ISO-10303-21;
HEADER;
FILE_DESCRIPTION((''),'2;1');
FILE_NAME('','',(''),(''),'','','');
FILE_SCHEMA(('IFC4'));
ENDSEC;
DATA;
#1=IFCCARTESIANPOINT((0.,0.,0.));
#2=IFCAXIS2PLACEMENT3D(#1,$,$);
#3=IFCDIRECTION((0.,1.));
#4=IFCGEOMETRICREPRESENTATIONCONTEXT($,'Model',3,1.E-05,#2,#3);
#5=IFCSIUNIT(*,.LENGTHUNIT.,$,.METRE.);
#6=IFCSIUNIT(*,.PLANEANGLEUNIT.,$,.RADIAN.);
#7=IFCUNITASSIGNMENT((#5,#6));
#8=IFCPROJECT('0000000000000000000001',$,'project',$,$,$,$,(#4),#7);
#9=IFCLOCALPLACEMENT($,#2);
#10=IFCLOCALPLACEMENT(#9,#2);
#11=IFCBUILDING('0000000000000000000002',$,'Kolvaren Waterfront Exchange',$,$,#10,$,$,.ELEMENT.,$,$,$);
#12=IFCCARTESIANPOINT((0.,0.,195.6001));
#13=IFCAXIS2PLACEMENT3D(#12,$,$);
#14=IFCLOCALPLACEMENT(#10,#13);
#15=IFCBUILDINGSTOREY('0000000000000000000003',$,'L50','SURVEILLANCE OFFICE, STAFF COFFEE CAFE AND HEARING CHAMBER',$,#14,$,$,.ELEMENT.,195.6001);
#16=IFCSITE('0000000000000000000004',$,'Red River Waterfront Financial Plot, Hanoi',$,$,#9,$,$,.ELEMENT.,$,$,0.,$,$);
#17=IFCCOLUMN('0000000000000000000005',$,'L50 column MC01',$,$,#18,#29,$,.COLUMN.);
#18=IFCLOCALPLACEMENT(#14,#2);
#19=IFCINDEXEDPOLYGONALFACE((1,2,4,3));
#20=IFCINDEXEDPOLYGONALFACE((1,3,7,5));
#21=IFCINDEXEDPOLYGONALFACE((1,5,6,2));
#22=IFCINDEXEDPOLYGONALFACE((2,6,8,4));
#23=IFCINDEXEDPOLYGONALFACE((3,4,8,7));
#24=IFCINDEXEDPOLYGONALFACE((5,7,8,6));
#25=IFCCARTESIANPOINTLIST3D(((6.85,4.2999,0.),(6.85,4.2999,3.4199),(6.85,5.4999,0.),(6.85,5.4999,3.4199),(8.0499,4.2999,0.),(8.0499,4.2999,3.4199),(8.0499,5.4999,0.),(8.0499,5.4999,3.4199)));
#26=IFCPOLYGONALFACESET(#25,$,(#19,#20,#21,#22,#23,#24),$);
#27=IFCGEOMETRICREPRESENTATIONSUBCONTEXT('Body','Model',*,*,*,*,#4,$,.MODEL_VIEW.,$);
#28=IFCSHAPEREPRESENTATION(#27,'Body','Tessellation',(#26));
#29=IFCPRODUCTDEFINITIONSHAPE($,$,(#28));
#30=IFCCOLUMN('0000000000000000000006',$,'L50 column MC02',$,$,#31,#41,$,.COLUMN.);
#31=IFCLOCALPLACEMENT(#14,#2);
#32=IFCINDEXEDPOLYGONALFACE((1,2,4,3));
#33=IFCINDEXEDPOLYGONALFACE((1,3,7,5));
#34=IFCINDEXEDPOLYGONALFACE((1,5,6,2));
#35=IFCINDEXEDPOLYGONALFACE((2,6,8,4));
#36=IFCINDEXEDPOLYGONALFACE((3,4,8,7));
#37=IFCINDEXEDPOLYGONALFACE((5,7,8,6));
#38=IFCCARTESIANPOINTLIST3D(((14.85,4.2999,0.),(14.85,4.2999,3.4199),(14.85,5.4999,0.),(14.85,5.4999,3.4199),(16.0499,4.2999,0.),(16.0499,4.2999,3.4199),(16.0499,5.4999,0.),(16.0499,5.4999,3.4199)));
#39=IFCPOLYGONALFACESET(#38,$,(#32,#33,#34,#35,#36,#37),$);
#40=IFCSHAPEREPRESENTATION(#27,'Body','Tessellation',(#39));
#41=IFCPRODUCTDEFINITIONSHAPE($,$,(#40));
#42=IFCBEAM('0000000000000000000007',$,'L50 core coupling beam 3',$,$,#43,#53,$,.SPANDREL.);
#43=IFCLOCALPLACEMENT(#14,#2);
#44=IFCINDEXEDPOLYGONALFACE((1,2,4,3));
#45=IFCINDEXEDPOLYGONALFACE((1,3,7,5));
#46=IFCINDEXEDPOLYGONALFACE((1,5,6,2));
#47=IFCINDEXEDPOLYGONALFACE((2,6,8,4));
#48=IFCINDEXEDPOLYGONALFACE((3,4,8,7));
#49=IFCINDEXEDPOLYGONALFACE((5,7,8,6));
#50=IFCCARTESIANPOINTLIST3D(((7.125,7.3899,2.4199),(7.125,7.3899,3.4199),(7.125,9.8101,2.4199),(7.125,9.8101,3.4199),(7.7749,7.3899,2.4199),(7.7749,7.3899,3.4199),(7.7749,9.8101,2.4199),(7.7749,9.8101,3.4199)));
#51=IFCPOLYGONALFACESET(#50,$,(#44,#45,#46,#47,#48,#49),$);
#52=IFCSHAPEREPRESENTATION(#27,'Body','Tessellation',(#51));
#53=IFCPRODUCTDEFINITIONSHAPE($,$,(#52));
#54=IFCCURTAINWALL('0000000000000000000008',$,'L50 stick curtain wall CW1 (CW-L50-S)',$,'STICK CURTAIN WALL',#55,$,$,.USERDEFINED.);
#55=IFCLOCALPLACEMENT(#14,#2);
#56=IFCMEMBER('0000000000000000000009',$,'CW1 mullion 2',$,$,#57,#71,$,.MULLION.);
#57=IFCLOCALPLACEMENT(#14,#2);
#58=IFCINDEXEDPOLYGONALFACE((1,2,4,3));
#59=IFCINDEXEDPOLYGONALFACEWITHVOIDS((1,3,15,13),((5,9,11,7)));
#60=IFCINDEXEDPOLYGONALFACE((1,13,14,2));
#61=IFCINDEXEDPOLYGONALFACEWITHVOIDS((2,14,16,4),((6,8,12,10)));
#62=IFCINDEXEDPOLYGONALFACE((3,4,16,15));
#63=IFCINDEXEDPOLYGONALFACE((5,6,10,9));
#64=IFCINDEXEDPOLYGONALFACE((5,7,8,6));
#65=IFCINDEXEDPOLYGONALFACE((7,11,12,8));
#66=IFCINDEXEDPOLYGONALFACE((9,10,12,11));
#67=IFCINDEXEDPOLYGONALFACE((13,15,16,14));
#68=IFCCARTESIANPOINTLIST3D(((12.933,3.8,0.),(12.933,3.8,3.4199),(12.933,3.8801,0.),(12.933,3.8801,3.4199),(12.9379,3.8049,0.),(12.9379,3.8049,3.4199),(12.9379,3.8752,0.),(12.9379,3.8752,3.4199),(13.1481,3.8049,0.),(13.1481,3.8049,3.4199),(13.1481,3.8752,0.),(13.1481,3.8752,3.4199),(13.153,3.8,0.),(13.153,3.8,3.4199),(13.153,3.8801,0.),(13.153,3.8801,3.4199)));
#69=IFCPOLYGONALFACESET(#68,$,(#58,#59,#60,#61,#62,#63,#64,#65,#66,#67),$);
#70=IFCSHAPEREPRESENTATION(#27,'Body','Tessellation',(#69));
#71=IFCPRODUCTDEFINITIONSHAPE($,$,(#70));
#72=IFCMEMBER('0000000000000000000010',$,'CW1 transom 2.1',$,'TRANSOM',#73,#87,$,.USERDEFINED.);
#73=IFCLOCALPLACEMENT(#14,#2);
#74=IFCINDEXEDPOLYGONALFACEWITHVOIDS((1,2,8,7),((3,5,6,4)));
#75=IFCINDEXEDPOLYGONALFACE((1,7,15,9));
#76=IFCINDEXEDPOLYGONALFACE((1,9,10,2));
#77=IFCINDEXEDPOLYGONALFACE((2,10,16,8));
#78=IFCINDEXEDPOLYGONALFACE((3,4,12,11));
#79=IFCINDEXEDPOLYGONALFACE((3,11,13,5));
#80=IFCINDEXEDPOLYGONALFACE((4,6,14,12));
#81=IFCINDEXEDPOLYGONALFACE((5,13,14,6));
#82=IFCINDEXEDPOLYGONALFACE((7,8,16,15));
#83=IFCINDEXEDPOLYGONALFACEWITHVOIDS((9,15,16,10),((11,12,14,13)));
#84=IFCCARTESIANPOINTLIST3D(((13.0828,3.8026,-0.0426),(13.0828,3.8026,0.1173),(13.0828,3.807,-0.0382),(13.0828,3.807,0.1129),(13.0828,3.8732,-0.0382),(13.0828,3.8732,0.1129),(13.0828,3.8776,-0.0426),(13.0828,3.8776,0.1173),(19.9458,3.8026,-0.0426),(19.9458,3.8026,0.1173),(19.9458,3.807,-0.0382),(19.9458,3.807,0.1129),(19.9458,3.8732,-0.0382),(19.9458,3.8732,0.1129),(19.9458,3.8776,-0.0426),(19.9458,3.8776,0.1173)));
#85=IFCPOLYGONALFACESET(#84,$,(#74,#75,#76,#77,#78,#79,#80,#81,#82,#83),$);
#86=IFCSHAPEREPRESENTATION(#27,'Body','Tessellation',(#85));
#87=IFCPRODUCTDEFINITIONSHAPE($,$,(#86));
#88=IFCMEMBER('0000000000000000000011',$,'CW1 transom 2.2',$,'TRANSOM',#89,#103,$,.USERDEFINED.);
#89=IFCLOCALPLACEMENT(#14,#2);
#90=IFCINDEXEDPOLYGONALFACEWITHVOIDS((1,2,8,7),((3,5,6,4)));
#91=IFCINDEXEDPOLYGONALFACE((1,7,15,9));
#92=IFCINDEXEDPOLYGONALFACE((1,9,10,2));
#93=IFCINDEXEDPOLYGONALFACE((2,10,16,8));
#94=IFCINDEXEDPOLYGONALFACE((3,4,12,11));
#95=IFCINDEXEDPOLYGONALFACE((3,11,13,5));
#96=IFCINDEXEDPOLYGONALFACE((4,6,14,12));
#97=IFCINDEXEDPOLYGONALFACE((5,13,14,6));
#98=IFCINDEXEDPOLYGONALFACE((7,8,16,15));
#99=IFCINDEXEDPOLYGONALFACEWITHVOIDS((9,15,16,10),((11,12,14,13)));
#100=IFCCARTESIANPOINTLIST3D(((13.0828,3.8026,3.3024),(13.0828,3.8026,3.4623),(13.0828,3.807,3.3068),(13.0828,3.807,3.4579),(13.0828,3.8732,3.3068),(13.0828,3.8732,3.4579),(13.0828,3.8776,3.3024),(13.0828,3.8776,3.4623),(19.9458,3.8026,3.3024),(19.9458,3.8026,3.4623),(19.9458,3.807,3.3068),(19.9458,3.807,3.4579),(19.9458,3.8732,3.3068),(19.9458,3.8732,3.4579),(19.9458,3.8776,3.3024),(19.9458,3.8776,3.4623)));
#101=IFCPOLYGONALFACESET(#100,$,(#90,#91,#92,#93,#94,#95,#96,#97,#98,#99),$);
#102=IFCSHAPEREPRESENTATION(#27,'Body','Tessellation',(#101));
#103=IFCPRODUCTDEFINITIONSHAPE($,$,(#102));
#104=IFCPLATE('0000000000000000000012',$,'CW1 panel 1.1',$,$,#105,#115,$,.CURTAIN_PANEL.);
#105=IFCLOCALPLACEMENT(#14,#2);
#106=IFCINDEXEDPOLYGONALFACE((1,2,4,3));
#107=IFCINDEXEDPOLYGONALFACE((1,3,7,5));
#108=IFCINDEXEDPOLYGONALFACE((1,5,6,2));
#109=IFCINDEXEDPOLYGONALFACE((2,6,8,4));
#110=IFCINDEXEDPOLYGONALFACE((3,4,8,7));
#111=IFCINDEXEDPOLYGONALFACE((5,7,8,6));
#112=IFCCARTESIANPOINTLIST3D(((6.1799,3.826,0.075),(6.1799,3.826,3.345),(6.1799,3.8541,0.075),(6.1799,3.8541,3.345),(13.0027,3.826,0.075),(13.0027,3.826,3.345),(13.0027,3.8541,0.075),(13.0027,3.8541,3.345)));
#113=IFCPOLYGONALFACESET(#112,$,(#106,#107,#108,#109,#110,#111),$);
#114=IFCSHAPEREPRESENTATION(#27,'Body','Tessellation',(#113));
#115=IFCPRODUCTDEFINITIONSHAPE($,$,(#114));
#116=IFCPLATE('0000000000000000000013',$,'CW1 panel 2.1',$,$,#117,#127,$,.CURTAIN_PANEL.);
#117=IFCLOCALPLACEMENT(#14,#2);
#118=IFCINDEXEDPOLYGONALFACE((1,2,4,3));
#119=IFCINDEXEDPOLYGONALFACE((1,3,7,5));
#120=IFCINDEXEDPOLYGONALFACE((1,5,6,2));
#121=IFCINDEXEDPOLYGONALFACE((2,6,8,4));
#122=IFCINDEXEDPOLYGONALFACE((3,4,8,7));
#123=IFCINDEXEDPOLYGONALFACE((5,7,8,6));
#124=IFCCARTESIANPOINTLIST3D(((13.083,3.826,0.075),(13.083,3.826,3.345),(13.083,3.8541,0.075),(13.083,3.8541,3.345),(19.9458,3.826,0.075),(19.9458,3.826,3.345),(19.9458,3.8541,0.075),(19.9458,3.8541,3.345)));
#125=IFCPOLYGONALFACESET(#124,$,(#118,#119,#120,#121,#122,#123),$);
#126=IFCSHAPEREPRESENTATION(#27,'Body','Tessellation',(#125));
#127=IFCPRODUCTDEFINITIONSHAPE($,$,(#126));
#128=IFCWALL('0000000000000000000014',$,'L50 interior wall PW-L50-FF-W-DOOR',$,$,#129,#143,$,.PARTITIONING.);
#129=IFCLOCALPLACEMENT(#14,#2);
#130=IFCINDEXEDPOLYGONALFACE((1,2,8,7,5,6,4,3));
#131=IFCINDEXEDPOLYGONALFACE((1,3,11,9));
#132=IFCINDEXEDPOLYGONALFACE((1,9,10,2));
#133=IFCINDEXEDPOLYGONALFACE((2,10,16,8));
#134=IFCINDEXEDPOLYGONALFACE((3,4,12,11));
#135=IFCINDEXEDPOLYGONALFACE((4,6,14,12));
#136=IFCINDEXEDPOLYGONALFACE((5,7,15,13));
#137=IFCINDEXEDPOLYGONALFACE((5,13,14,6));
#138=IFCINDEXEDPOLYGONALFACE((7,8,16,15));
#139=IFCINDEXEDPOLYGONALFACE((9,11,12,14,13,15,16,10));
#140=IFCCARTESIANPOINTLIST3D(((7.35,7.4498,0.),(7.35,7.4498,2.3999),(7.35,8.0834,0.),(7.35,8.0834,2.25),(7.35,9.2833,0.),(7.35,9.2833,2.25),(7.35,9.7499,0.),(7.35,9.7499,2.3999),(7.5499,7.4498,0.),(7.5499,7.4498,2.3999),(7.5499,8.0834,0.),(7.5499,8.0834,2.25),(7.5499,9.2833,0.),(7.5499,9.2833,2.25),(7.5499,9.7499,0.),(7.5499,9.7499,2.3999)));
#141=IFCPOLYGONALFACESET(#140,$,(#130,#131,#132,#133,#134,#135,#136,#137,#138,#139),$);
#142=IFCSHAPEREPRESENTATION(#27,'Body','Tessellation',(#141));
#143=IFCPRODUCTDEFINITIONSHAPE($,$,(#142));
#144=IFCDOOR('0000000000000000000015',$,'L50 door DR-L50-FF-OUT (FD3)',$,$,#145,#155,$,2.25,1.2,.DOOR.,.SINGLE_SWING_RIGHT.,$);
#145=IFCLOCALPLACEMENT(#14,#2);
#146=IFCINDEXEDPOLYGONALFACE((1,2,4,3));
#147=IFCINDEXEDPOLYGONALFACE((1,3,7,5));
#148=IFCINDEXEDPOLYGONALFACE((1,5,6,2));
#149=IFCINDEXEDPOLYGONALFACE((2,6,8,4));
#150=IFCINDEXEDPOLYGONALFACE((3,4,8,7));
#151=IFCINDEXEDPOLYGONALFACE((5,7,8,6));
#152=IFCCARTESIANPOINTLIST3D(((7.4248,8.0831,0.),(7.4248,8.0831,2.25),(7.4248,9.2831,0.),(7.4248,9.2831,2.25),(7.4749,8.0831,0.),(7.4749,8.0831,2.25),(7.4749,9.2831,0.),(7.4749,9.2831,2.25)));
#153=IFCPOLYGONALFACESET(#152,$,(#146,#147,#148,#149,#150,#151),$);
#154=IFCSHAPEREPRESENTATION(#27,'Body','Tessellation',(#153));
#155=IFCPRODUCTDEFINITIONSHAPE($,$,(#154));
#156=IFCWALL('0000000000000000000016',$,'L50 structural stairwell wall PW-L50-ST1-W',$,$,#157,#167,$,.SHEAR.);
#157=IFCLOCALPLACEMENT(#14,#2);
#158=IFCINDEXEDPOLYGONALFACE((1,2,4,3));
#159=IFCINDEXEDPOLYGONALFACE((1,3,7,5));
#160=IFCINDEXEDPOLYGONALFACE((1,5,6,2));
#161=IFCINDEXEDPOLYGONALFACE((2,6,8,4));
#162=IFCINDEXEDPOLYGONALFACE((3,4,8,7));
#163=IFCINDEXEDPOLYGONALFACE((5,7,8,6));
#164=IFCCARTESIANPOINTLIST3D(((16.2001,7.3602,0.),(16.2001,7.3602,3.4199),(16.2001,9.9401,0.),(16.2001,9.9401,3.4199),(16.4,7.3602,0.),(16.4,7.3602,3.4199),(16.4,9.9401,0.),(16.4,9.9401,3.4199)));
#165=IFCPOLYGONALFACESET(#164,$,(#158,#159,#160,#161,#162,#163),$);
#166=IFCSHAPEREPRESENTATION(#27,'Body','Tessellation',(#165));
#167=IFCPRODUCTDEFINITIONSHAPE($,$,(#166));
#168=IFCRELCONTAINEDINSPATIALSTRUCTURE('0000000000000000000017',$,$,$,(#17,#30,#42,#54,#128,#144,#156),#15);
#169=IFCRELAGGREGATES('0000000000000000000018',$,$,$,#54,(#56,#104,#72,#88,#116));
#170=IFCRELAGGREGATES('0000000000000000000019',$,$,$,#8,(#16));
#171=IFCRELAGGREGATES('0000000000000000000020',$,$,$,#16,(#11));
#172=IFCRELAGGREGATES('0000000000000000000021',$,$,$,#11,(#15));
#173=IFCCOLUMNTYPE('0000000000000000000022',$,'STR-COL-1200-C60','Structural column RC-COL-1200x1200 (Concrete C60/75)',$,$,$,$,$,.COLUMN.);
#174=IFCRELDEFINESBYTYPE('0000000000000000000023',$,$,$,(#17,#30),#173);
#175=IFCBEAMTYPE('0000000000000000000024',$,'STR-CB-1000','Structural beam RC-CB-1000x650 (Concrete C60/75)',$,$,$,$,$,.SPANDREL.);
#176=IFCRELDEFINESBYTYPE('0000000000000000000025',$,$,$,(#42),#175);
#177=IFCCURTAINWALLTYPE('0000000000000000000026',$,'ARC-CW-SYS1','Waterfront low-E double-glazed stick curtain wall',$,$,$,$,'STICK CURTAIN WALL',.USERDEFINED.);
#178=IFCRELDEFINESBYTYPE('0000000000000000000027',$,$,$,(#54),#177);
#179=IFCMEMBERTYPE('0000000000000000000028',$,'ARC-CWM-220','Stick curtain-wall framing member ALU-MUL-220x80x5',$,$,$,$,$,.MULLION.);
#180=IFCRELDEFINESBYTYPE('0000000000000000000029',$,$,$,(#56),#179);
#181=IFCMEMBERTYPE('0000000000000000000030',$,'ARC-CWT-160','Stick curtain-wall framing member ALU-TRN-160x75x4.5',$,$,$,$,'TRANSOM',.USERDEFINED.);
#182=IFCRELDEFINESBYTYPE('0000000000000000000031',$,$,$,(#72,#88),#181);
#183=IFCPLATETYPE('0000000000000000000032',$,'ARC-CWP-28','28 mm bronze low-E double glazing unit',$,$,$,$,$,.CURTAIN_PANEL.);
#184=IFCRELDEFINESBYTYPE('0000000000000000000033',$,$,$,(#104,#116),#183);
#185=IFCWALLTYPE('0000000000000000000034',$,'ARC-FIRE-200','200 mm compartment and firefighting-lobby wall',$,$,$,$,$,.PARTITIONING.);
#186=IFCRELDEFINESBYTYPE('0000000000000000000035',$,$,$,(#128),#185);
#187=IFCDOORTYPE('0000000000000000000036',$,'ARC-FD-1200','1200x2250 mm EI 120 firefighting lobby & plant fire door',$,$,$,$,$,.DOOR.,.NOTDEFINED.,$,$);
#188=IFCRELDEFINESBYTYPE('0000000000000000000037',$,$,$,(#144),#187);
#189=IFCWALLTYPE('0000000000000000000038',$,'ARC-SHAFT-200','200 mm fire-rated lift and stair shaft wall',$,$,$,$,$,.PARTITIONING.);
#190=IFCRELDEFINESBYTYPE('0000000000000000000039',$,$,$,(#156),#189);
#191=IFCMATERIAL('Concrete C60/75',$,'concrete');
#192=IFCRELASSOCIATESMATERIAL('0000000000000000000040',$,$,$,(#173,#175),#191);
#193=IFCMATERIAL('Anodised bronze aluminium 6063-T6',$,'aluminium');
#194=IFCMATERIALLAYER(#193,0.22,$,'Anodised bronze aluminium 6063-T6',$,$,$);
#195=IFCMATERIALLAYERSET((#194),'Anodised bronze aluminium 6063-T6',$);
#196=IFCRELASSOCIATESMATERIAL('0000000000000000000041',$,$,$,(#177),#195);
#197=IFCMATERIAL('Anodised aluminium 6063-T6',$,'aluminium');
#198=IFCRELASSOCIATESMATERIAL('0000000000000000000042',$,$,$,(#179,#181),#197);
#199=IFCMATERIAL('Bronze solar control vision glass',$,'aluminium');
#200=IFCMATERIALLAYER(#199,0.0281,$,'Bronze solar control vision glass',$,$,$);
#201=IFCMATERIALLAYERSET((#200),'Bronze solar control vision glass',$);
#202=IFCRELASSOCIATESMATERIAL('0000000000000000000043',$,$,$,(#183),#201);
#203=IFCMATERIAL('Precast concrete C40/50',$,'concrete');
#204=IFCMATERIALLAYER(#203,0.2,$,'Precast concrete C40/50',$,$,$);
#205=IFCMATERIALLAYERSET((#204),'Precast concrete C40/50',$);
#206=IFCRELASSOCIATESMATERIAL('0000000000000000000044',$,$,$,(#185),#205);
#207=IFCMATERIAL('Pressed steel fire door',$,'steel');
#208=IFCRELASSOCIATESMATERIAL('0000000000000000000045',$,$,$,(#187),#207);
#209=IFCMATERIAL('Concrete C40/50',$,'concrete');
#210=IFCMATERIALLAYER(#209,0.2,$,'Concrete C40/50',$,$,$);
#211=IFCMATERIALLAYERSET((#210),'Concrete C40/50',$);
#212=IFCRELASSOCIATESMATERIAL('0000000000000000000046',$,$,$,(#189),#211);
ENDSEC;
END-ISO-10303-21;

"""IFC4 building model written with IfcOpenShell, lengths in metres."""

from ifc_helpers import new_model, si_unit, direction, frame, frame_2d, origin, origin_with_axes, origin_2d, place, context, subcontext, project, spatial, rectangle, hollow_rectangle, extrude, source, transform, mapped, material, layer, layer_set, material_profile, profile_set, type_object, element, fill, aggregate, save


model = new_model("IFC4")

# Units and contexts
model_context = context("Model", 3, precision=1e-05, world=origin(), true_north=direction((0.0, 1.0)))
body_context = subcontext(model_context, "Body", "Model", "MODEL_VIEW")
ifc_project = project(units=[si_unit("LENGTHUNIT", "METRE"), si_unit("PLANEANGLEUNIT", "RADIAN")], contexts=[model_context])

# Site, building, storey
site_placement = place(None, origin())
site = spatial("IfcSite", under=ifc_project, at=site_placement, Name="Red River Waterfront Financial Plot, Hanoi", CompositionType="ELEMENT", RefElevation=0.0)
building_placement = place(site_placement, origin())
building = spatial("IfcBuilding", under=site, at=building_placement, Name="Kolvaren Waterfront Exchange", CompositionType="ELEMENT")
storey_placement = place(building_placement, frame((0.0, 0.0, 195.6001)))
storey = spatial("IfcBuildingStorey", under=building, at=storey_placement, Name="L50", Description="SURVEILLANCE OFFICE, STAFF COFFEE CAFE AND HEARING CHAMBER", CompositionType="ELEMENT", Elevation=195.6001)

# Columns
ifc_material_1 = material(Name="Concrete C60/75", Category="concrete")
ifc_material_profile_1 = material_profile(ifc_material_1, rectangle(XDim=1.2, YDim=1.2, at=origin_2d()), Name="RC-COL-1200x1200")
ifc_profile_set_1 = profile_set([ifc_material_profile_1], Name="Concrete C60/75")
column_type = type_object("IfcColumnType", Name="STR-COL-1200-C60", Description="Structural column RC-COL-1200x1200 (Concrete C60/75)", PredefinedType="COLUMN", material=ifc_profile_set_1)
for number, where, z_axis, x_axis, name in (
    (1, (7.45, 4.8999, 0.0), (0.0, 0.0, 1.0), (1.0, 0.0, 0.0), "L50 column MC01"),
    (2, (15.45, 4.8999, 0.0), (0.0, 0.0, 1.0), (1.0, 0.0, 0.0), "L50 column MC02"),
):
    element("IfcColumn", number, at=place(storey_placement, frame(where, z_axis=z_axis, x_axis=x_axis)), inside=storey, type_object=column_type, Name=name, PredefinedType="COLUMN", context=body_context, shape_type="SweptSolid", body=[
        extrude(rectangle(XDim=1.2, YDim=1.2, at=origin_2d()), origin(), (0.0, 0.0, 1.0), 3.4199),
    ])

# Beam
ifc_material_profile_2 = material_profile(ifc_material_1, rectangle(XDim=0.6499, YDim=1.0, at=origin_2d()), Name="RC-CB-1000x650")
ifc_profile_set_2 = profile_set([ifc_material_profile_2], Name="Concrete C60/75")
beam_type = type_object("IfcBeamType", Name="STR-CB-1000", Description="Structural beam RC-CB-1000x650 (Concrete C60/75)", PredefinedType="SPANDREL", material=ifc_profile_set_2)
beam_placement = place(storey_placement, frame((7.45, 7.3899, 2.9199), z_axis=(0.0, 1.0, 0.0), x_axis=(-1.0, 0.0, 0.0)))
element("IfcBeam", 3, at=beam_placement, inside=storey, type_object=beam_type, Name="L50 core coupling beam 3", PredefinedType="SPANDREL", context=body_context, shape_type="SweptSolid", body=[
    extrude(rectangle(XDim=0.6499, YDim=1.0, at=origin_2d()), origin(), (0.0, 0.0, 1.0), 2.4202),
])

# Curtain wall, members, plates
ifc_material_2 = material(Name="Anodised bronze aluminium 6063-T6", Category="aluminium")
ifc_layer_1 = layer(ifc_material_2, 0.22, Name="Anodised bronze aluminium 6063-T6")
ifc_layer_set_1 = layer_set([ifc_layer_1], Name="Anodised bronze aluminium 6063-T6")
curtain_wall_type = type_object("IfcCurtainWallType", Name="ARC-CW-SYS1", Description="Waterfront low-E double-glazed stick curtain wall", ElementType="STICK CURTAIN WALL", PredefinedType="USERDEFINED", material=ifc_layer_set_1)
curtain_wall_placement = place(storey_placement, origin())
curtain_wall = element("IfcCurtainWall", 4, at=curtain_wall_placement, inside=storey, type_object=curtain_wall_type, Name="L50 stick curtain wall CW1 (CW-L50-S)", ObjectType="STICK CURTAIN WALL", PredefinedType="USERDEFINED")
ifc_material_3 = material(Name="Anodised aluminium 6063-T6", Category="aluminium")
ifc_material_profile_3 = material_profile(ifc_material_3, hollow_rectangle(XDim=0.0801, YDim=0.22, WallThickness=0.0049, at=origin_2d()), Name="ALU-MUL-220x80x5")
ifc_profile_set_3 = profile_set([ifc_material_profile_3], Name="Anodised aluminium 6063-T6")
member_type_1 = type_object("IfcMemberType", Name="ARC-CWM-220", Description="Stick curtain-wall framing member ALU-MUL-220x80x5", PredefinedType="MULLION", material=ifc_profile_set_3)
shared_shape_1 = source(origin_with_axes(), body_context, "Body", "SweptSolid", [
    extrude(hollow_rectangle(XDim=0.0801, YDim=0.22, WallThickness=0.0049, at=origin_2d()), origin(), (0.0, 0.0, 1.0), 3.4199),
])
member_1_placement = place(storey_placement, frame((13.043, 3.8401, 0.0), z_axis=(0.0, 0.0, 1.0), x_axis=(0.0, 1.0, 0.0)))
member_1 = element("IfcMember", 5, at=member_1_placement, type_object=member_type_1, Name="CW1 mullion 2", PredefinedType="MULLION", context=body_context, shape_type="MappedRepresentation", body=[
    mapped(shared_shape_1, transform((0.0, 0.0, 0.0), x_axis=(1.0, 0.0, 0.0), y_axis=(0.0, 1.0, 0.0), z_axis=(0.0, 0.0, 1.0), scale=1.0)),
])
ifc_material_profile_4 = material_profile(ifc_material_3, hollow_rectangle(XDim=0.075, YDim=0.1599, WallThickness=0.0044, at=origin_2d()), Name="ALU-TRN-160x75x4.5")
ifc_profile_set_4 = profile_set([ifc_material_profile_4], Name="Anodised aluminium 6063-T6")
member_type_2 = type_object("IfcMemberType", Name="ARC-CWT-160", Description="Stick curtain-wall framing member ALU-TRN-160x75x4.5", ElementType="TRANSOM", PredefinedType="USERDEFINED", material=ifc_profile_set_4)
shared_shape_2 = source(origin_with_axes(), body_context, "Body", "SweptSolid", [
    extrude(hollow_rectangle(XDim=0.075, YDim=0.1599, WallThickness=0.0044, at=origin_2d()), origin(), (0.0, 0.0, 1.0), 6.863),
])
member_2_placement = place(storey_placement, frame((13.0828, 3.8401, 0.0374), z_axis=(1.0, 0.0, 0.0), x_axis=(0.0, 1.0, 0.0)))
member_2 = element("IfcMember", 6, at=member_2_placement, type_object=member_type_2, Name="CW1 transom 2.1", ObjectType="TRANSOM", PredefinedType="USERDEFINED", context=body_context, shape_type="MappedRepresentation", body=[
    mapped(shared_shape_2, transform((0.0, 0.0, 0.0), x_axis=(1.0, 0.0, 0.0), y_axis=(0.0, 1.0, 0.0), z_axis=(0.0, 0.0, 1.0), scale=1.0)),
])
member_3_placement = place(storey_placement, frame((13.0828, 3.8401, 3.3823), z_axis=(1.0, 0.0, 0.0), x_axis=(0.0, 1.0, 0.0)))
member_3 = element("IfcMember", 7, at=member_3_placement, type_object=member_type_2, Name="CW1 transom 2.2", ObjectType="TRANSOM", PredefinedType="USERDEFINED", context=body_context, shape_type="MappedRepresentation", body=[
    mapped(shared_shape_2, transform((0.0, 0.0, 0.0), x_axis=(1.0, 0.0, 0.0), y_axis=(0.0, 1.0, 0.0), z_axis=(0.0, 0.0, 1.0), scale=1.0)),
])
ifc_material_4 = material(Name="Bronze solar control vision glass", Category="aluminium")
ifc_layer_2 = layer(ifc_material_4, 0.0281, Name="Bronze solar control vision glass")
ifc_layer_set_2 = layer_set([ifc_layer_2], Name="Bronze solar control vision glass")
plate_type = type_object("IfcPlateType", Name="ARC-CWP-28", Description="28 mm bronze low-E double glazing unit", PredefinedType="CURTAIN_PANEL", material=ifc_layer_set_2)
shared_shape_3 = source(origin_with_axes(), body_context, "Body", "SweptSolid", [
    extrude(rectangle(XDim=6.8228, YDim=0.0281, at=origin_2d()), origin(), (0.0, 0.0, 1.0), 3.27),
])
plate_1_placement = place(storey_placement, frame((9.5913, 3.8401, 0.075), z_axis=(0.0, 0.0, 1.0), x_axis=(1.0, 0.0, 0.0)))
plate_1 = element("IfcPlate", 8, at=plate_1_placement, type_object=plate_type, Name="CW1 panel 1.1", PredefinedType="CURTAIN_PANEL", context=body_context, shape_type="MappedRepresentation", body=[
    mapped(shared_shape_3, transform((0.0, 0.0, 0.0), x_axis=(1.0, 0.0, 0.0), y_axis=(0.0, 1.0, 0.0), z_axis=(0.0, 0.0, 1.0), scale=1.0)),
])
shared_shape_4 = source(origin_with_axes(), body_context, "Body", "SweptSolid", [
    extrude(rectangle(XDim=6.8628, YDim=0.0281, at=origin_2d()), origin(), (0.0, 0.0, 1.0), 3.27),
])
plate_2_placement = place(storey_placement, frame((16.5144, 3.8401, 0.075), z_axis=(0.0, 0.0, 1.0), x_axis=(1.0, 0.0, 0.0)))
plate_2 = element("IfcPlate", 9, at=plate_2_placement, type_object=plate_type, Name="CW1 panel 2.1", PredefinedType="CURTAIN_PANEL", context=body_context, shape_type="MappedRepresentation", body=[
    mapped(shared_shape_4, transform((0.0, 0.0, 0.0), x_axis=(1.0, 0.0, 0.0), y_axis=(0.0, 1.0, 0.0), z_axis=(0.0, 0.0, 1.0), scale=1.0)),
])
aggregate(curtain_wall, [member_1, plate_1, member_2, member_3, plate_2])

# Wall, opening, door
ifc_material_5 = material(Name="Precast concrete C40/50", Category="concrete")
ifc_layer_3 = layer(ifc_material_5, 0.2, Name="Precast concrete C40/50")
ifc_layer_set_3 = layer_set([ifc_layer_3], Name="Precast concrete C40/50")
wall_type_1 = type_object("IfcWallType", Name="ARC-FIRE-200", Description="200 mm compartment and firefighting-lobby wall", PredefinedType="PARTITIONING", material=ifc_layer_set_3)
wall_1_placement = place(storey_placement, frame((7.45, 7.45, 0.0), z_axis=(0.0, 0.0, 1.0), x_axis=(0.0, 1.0, 0.0)))
wall_1 = element("IfcWall", 10, at=wall_1_placement, inside=storey, type_object=wall_type_1, Name="L50 interior wall PW-L50-FF-W-DOOR", PredefinedType="PARTITIONING", context=body_context, shape_type="SweptSolid", body=[
    extrude(rectangle(XDim=2.3, YDim=0.2, at=frame_2d((1.1499, 0.0))), origin(), (0.0, 0.0, 1.0), 2.3999),
])
opening_1_placement = place(wall_1_placement, frame((0.6333, 0.0, 0.0)))
opening_1 = element("IfcOpeningElement", 11, at=opening_1_placement, cuts=wall_1, PredefinedType="OPENING", context=body_context, shape_type="SweptSolid", body=[
    extrude(rectangle(XDim=1.2, YDim=2.25, at=frame_2d((0.6001, 1.125))), frame((0.0, 0.1099, 0.0), z_axis=(0.0, -1.0, 0.0), x_axis=(1.0, 0.0, 0.0)), (0.0, 0.0, 1.0), 0.22),
])
ifc_material_6 = material(Name="Pressed steel fire door", Category="steel")
door_type_1 = type_object("IfcDoorType", Name="ARC-FD-1200", Description="1200x2250 mm EI 120 firefighting lobby & plant fire door", OperationType="NOTDEFINED", PredefinedType="DOOR", material=ifc_material_6)
door_1_placement = place(opening_1_placement, frame((1.2, 0.0, 0.0), z_axis=(0.0, 0.0, 1.0), x_axis=(-1.0, 0.0, 0.0)))
door_1 = element("IfcDoor", 12, at=door_1_placement, inside=storey, type_object=door_type_1, Name="L50 door DR-L50-FF-OUT (FD3)", OperationType="SINGLE_SWING_RIGHT", OverallHeight=2.25, OverallWidth=1.2, PredefinedType="DOOR", context=body_context, shape_type="SweptSolid", body=[
    extrude(rectangle(XDim=1.2, YDim=2.25, at=frame_2d((0.6001, 1.125))), frame((0.0, 0.0249, 0.0), z_axis=(0.0, -1.0, 0.0), x_axis=(1.0, 0.0, 0.0)), (0.0, 0.0, 1.0), 0.05),
])
fill(opening_1, door_1)

# Wall
ifc_material_7 = material(Name="Concrete C40/50", Category="concrete")
ifc_layer_4 = layer(ifc_material_7, 0.2, Name="Concrete C40/50")
ifc_layer_set_4 = layer_set([ifc_layer_4], Name="Concrete C40/50")
wall_type_2 = type_object("IfcWallType", Name="ARC-SHAFT-200", Description="200 mm fire-rated lift and stair shaft wall", PredefinedType="PARTITIONING", material=ifc_layer_set_4)
wall_2_placement = place(storey_placement, frame((16.3, 7.3601, 0.0), z_axis=(0.0, 0.0, 1.0), x_axis=(0.0, 1.0, 0.0)))
element("IfcWall", 13, at=wall_2_placement, inside=storey, type_object=wall_type_2, Name="L50 structural stairwell wall PW-L50-ST1-W", PredefinedType="SHEAR", context=body_context, shape_type="SweptSolid", body=[
    extrude(rectangle(XDim=2.5798, YDim=0.2, at=frame_2d((1.29, 0.0))), origin(), (0.0, 0.0, 1.0), 3.4199),
])

save(model, "model.ifc")
